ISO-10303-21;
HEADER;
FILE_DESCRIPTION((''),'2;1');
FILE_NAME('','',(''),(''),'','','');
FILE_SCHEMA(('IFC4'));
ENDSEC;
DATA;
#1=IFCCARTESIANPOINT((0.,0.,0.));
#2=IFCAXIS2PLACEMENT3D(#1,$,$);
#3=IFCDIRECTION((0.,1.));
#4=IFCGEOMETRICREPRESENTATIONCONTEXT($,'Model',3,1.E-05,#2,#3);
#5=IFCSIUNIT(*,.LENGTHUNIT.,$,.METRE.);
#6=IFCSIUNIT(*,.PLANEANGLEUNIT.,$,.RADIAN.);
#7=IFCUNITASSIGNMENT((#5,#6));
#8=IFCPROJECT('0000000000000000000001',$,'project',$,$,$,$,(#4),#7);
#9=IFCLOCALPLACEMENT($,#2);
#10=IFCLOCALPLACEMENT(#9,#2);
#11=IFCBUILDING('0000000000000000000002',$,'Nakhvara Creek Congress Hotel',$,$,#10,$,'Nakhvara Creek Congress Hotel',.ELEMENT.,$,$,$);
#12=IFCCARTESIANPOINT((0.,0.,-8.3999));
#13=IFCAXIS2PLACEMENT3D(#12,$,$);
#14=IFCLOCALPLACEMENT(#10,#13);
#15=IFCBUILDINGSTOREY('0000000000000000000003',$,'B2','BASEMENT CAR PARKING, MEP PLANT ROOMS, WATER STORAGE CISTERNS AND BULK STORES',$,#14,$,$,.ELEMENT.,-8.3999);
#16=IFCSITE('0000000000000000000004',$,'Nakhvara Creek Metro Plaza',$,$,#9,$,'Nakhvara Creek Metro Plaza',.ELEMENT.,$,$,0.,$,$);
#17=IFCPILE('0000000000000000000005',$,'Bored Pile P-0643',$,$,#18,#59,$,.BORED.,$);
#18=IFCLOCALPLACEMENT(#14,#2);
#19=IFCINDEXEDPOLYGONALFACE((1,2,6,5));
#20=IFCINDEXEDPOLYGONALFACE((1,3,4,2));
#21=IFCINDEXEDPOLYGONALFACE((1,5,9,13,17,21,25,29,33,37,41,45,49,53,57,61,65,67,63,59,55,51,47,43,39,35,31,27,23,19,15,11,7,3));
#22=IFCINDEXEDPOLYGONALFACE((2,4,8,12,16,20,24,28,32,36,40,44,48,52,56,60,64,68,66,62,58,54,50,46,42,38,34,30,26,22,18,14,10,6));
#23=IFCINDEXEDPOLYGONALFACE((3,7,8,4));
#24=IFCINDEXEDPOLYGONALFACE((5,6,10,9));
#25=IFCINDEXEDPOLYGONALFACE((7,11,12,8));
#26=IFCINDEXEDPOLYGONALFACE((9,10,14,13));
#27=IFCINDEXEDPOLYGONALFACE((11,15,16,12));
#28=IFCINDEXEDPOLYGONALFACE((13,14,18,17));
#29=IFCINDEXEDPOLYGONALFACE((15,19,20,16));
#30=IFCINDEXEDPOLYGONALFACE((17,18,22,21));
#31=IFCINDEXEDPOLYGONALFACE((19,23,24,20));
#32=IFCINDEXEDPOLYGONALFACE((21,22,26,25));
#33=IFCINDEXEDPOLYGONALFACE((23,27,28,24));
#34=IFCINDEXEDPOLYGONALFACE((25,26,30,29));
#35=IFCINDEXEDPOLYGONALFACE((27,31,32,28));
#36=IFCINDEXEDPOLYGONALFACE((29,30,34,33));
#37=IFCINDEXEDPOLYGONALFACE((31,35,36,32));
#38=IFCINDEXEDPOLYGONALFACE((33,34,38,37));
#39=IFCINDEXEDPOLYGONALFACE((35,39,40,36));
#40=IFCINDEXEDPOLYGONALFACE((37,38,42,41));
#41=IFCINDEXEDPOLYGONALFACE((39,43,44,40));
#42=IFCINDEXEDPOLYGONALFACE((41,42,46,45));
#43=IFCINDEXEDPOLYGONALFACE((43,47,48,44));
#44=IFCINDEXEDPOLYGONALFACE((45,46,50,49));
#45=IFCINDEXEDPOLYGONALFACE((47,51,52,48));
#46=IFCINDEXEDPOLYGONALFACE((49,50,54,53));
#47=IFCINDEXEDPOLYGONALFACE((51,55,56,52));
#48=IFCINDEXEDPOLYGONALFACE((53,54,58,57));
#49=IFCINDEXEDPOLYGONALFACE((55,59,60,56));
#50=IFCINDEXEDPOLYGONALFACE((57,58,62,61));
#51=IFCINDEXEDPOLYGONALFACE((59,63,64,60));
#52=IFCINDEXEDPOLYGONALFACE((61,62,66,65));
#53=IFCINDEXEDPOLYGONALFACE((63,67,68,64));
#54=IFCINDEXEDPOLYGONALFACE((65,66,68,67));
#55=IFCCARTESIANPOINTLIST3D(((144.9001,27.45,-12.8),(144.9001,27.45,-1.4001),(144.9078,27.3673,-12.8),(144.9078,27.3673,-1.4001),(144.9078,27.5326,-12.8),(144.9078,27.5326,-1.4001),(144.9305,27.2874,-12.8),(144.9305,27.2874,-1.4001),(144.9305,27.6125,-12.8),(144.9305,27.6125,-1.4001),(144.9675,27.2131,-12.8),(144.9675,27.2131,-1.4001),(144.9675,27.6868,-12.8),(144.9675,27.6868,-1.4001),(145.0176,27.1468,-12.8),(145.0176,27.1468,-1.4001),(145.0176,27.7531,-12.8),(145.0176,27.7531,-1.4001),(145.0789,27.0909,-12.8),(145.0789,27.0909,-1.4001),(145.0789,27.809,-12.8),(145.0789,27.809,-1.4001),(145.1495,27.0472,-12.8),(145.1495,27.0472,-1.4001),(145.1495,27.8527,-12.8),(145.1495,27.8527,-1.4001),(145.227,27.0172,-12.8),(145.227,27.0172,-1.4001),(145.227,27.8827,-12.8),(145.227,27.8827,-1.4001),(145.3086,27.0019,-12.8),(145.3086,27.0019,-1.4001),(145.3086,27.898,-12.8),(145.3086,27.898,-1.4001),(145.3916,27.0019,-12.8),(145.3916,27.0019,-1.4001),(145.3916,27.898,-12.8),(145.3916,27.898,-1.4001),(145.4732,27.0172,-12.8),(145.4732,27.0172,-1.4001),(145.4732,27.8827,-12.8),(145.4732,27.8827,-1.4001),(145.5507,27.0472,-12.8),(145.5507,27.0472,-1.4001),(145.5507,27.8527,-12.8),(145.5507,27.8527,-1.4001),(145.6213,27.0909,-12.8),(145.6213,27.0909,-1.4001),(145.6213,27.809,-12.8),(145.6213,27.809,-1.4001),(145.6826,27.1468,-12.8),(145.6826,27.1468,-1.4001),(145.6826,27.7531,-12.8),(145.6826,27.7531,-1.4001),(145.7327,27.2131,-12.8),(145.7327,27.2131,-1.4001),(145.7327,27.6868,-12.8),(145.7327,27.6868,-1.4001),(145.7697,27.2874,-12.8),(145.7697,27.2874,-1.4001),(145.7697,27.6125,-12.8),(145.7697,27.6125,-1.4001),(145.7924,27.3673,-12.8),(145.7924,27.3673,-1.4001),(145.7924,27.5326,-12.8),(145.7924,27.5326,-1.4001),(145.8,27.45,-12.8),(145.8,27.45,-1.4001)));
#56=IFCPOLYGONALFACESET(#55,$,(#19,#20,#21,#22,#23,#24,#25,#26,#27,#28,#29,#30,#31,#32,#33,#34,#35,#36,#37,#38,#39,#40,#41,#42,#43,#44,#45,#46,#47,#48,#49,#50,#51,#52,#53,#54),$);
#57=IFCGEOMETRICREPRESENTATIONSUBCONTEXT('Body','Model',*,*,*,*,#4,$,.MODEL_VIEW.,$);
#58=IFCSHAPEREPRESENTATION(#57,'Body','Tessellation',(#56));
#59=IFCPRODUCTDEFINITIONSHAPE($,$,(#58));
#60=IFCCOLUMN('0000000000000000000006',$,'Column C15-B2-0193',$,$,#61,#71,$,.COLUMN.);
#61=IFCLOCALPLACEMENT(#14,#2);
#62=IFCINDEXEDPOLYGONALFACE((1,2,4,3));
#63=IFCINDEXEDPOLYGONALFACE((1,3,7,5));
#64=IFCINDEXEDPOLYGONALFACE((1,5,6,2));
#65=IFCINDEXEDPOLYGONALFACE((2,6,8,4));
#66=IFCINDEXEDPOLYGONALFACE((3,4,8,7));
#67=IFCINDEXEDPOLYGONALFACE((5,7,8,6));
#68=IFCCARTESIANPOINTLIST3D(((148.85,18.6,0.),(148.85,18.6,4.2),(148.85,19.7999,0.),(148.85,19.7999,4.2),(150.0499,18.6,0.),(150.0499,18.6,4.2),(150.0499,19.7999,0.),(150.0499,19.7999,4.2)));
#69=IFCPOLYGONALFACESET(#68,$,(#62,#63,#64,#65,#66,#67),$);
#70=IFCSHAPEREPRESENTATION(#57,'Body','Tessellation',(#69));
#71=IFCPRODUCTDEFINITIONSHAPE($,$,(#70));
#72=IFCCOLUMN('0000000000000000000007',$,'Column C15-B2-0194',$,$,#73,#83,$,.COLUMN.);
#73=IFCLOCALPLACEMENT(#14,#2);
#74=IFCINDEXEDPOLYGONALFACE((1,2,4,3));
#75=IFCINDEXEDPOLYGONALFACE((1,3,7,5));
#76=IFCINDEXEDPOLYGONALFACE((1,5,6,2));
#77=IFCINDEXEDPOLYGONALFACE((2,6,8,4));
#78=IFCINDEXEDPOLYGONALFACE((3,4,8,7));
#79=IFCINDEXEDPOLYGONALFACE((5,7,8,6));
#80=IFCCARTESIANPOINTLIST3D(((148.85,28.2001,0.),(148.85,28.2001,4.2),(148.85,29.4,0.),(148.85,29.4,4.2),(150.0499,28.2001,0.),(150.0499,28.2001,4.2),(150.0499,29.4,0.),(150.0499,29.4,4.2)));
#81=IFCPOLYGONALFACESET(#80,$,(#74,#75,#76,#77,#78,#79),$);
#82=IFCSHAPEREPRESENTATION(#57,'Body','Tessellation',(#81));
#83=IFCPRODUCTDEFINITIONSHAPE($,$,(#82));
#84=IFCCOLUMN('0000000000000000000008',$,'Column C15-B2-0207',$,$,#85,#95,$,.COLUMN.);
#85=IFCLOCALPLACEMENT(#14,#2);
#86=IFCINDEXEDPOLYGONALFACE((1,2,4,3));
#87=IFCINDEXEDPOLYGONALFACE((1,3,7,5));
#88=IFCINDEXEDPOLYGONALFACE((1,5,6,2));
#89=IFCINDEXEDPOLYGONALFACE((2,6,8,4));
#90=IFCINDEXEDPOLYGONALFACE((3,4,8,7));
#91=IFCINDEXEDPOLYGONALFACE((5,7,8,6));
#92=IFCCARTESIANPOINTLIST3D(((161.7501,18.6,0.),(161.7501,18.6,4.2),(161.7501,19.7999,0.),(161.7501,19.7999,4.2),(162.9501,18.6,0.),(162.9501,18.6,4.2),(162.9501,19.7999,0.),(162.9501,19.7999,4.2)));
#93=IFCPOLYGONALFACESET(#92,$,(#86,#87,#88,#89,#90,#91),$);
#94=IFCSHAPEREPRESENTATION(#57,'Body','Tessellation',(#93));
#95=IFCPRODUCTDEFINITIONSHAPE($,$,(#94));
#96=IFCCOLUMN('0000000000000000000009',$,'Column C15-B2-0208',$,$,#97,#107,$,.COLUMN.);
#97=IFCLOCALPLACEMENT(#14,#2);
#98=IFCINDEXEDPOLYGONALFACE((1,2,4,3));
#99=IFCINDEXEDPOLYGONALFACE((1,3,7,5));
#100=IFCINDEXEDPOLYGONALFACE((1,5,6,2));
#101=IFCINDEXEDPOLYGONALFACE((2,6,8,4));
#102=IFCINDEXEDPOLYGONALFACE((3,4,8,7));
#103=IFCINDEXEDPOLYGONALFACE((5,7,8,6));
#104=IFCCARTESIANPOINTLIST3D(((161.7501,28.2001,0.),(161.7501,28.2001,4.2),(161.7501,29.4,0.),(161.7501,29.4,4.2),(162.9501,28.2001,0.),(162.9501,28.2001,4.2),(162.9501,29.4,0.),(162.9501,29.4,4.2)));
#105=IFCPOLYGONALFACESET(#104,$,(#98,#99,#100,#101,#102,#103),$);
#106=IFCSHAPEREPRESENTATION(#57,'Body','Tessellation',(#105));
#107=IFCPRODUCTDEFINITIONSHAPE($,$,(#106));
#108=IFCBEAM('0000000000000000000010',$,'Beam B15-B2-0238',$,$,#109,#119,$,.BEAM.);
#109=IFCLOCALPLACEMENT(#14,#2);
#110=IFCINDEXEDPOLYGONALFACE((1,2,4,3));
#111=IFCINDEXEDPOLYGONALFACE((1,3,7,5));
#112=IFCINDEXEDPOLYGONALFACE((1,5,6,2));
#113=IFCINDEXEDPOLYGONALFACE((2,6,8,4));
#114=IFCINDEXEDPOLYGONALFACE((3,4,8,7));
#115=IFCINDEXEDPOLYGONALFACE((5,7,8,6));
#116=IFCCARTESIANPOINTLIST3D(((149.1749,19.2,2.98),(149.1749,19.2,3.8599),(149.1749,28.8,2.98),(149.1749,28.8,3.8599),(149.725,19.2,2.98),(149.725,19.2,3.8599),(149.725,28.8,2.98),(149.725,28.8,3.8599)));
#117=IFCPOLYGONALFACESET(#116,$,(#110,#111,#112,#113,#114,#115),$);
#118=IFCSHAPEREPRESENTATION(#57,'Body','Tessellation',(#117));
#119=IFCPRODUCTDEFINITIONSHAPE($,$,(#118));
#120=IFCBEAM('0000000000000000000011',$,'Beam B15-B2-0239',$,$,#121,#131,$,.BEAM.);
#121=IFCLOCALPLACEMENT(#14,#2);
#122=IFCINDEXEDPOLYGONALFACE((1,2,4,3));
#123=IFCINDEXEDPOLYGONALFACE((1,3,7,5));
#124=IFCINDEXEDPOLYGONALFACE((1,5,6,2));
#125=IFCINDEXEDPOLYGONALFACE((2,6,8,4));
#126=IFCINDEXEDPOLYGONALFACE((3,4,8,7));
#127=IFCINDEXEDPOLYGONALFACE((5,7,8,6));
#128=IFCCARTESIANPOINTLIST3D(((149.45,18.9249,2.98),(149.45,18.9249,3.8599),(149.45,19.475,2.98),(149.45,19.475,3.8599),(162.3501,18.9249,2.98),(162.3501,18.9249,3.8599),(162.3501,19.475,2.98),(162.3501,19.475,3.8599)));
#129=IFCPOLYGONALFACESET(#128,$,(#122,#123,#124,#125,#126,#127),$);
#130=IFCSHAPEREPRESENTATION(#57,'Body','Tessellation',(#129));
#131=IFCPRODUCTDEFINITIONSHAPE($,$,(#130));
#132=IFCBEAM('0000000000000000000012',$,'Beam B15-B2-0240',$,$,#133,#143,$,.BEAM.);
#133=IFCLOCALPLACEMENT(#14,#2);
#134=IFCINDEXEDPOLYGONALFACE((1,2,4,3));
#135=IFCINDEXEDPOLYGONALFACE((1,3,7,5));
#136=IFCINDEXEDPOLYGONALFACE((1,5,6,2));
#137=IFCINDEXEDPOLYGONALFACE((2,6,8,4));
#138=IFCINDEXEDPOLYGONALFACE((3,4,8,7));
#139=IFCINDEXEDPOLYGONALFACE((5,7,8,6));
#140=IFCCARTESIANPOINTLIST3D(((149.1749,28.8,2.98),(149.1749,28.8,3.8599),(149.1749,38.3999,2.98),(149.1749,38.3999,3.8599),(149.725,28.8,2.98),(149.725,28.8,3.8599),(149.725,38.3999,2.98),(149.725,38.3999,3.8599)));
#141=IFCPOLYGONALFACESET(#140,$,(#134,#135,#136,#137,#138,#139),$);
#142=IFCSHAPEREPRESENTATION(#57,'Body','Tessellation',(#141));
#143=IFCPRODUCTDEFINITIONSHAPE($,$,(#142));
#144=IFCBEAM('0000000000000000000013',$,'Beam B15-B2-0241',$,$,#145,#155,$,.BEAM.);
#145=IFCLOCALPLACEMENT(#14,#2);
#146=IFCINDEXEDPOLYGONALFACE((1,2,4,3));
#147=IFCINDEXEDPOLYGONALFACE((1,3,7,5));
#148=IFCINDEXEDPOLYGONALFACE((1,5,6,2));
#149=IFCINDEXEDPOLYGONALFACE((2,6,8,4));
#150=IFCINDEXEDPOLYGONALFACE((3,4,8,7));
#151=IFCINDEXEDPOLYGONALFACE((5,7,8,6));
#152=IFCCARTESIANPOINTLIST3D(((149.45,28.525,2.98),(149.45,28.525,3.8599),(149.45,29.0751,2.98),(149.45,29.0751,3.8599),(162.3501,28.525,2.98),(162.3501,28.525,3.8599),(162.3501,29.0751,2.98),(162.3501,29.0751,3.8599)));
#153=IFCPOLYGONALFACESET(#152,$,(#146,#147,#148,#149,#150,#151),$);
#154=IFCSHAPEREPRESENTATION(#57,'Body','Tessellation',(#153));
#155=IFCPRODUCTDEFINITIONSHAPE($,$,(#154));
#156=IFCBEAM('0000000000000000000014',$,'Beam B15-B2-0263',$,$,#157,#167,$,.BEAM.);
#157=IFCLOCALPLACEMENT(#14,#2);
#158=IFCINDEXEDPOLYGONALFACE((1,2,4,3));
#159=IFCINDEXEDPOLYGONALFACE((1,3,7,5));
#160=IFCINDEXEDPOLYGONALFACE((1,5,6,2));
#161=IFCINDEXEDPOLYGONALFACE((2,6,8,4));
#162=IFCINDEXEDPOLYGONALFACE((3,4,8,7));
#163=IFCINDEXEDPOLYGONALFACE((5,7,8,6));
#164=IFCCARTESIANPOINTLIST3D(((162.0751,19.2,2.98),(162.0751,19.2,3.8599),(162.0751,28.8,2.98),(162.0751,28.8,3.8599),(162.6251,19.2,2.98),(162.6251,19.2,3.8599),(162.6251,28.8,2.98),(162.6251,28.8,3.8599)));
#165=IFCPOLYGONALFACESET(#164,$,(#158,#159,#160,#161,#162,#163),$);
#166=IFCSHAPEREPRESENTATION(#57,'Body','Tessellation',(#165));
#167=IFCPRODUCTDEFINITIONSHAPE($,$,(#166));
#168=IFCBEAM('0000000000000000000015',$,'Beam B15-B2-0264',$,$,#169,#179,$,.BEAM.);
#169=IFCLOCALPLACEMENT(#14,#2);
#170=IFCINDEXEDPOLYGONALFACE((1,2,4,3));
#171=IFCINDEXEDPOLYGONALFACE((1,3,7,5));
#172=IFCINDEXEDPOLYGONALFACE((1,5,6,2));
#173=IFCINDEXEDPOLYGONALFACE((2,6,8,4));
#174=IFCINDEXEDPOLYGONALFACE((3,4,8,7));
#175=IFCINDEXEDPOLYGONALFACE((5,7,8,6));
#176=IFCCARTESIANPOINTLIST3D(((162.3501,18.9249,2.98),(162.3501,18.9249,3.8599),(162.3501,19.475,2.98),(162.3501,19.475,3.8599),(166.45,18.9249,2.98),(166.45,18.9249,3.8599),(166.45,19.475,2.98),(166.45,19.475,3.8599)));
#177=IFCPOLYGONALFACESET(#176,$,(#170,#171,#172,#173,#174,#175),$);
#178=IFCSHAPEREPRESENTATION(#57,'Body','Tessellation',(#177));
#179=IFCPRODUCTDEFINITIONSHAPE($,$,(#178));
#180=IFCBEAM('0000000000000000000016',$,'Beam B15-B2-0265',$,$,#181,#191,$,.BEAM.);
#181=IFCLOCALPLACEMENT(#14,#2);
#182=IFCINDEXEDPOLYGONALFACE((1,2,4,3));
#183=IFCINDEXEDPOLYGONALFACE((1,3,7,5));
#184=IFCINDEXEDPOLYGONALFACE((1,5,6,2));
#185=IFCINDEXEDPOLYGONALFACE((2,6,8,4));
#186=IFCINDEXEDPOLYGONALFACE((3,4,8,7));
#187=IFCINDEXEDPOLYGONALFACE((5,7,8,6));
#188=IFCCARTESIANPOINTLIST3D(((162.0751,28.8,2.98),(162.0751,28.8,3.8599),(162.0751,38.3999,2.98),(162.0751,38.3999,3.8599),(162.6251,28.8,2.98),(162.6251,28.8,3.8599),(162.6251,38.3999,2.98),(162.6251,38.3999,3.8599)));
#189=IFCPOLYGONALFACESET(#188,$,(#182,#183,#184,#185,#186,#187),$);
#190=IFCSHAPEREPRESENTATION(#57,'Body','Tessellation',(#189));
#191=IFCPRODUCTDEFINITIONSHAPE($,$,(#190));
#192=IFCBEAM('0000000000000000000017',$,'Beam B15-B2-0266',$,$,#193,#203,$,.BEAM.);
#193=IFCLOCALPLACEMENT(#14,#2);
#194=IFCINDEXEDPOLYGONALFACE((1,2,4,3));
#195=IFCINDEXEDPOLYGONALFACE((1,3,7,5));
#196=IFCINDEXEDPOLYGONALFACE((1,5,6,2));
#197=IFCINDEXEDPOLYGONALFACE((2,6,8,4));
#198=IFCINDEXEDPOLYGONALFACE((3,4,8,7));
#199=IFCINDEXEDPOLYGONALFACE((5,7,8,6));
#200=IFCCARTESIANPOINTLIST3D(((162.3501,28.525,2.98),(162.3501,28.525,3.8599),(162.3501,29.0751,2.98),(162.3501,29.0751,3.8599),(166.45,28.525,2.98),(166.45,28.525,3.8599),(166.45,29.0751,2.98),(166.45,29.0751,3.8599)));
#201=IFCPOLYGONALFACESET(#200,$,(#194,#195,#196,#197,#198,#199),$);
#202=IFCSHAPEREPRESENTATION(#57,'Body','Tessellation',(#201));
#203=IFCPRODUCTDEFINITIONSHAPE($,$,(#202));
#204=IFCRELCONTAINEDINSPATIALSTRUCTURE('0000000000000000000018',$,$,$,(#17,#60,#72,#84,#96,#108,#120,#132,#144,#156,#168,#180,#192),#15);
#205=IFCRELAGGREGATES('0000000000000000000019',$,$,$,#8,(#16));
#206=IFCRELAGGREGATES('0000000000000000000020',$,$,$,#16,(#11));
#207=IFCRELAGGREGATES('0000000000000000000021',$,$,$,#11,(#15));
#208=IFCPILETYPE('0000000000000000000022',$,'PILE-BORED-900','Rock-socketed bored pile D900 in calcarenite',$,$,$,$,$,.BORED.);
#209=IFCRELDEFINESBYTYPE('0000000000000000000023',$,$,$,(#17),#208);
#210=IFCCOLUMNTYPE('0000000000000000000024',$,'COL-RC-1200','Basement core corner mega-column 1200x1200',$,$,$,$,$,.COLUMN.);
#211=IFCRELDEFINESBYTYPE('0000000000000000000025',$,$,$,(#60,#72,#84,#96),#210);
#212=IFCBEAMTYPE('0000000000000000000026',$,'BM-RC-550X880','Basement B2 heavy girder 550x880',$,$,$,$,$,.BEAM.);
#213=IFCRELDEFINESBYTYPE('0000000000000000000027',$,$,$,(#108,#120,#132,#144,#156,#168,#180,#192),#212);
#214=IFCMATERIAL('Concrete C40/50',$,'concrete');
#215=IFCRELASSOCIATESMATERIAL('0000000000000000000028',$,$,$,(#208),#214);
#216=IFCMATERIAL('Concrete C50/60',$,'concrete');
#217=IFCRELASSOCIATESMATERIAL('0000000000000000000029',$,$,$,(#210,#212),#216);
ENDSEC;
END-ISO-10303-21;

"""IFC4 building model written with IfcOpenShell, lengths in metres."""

from ifc_helpers import new_model, si_unit, direction, frame, origin, origin_2d, place, context, subcontext, project, spatial, rectangle, circle, extrude, material, material_profile, profile_set, type_object, element, save


model = new_model("IFC4")

# Units and contexts
model_context = context("Model", 3, precision=1e-05, world=origin(), true_north=direction((0.0, 1.0)))
body_context = subcontext(model_context, "Body", "Model", "MODEL_VIEW")
ifc_project = project(units=[si_unit("LENGTHUNIT", "METRE"), si_unit("PLANEANGLEUNIT", "RADIAN")], contexts=[model_context])

# Site, building, storey
site_placement = place(None, origin())
site = spatial("IfcSite", under=ifc_project, at=site_placement, Name="Nakhvara Creek Metro Plaza", LongName="Nakhvara Creek Metro Plaza", CompositionType="ELEMENT", RefElevation=0.0)
building_placement = place(site_placement, origin())
building = spatial("IfcBuilding", under=site, at=building_placement, Name="Nakhvara Creek Congress Hotel", LongName="Nakhvara Creek Congress Hotel", CompositionType="ELEMENT")
storey_placement = place(building_placement, frame((0.0, 0.0, -8.3999)))
storey = spatial("IfcBuildingStorey", under=building, at=storey_placement, Name="B2", Description="BASEMENT CAR PARKING, MEP PLANT ROOMS, WATER STORAGE CISTERNS AND BULK STORES", CompositionType="ELEMENT", Elevation=-8.3999)

# Shared definitions
ifc_material_1 = material(Name="Concrete C40/50", Category="concrete")

# Pile
ifc_material_profile_1 = material_profile(ifc_material_1, circle(Radius=0.45, at=origin_2d()), Name="BORED PILE D900", Category="LoadBearing")
ifc_profile_set_1 = profile_set([ifc_material_profile_1], Name="Concrete C40/50")
pile_type_1 = type_object("IfcPileType", Name="PILE-BORED-900", Description="Rock-socketed bored pile D900 in calcarenite", PredefinedType="BORED", material=ifc_profile_set_1)
for number, where, z_axis, x_axis, name in (
    (1, (145.3501, 27.45, -1.4001), (0.0, 0.0, -1.0), (1.0, 0.0, 0.0), "Bored Pile P-0643"),
):
    element("IfcPile", number, at=place(storey_placement, frame(where, z_axis=z_axis, x_axis=x_axis)), inside=storey, type_object=pile_type_1, Name=name, PredefinedType="BORED", context=body_context, shape_type="SweptSolid", body=[
        extrude(circle(Radius=0.45, at=origin_2d()), origin(), (0.0, 0.0, 1.0), 11.3999),
    ])

# Columns
ifc_material_2 = material(Name="Concrete C50/60", Category="concrete")
ifc_material_profile_2 = material_profile(ifc_material_2, rectangle(XDim=1.2, YDim=1.2, at=origin_2d()), Name="RC-COL 1200x1200", Category="LoadBearing")
ifc_profile_set_2 = profile_set([ifc_material_profile_2], Name="Concrete C50/60")
column_type = type_object("IfcColumnType", Name="COL-RC-1200", Description="Basement core corner mega-column 1200x1200", PredefinedType="COLUMN", material=ifc_profile_set_2)
for number, where, z_axis, x_axis, name in (
    (2, (149.45, 19.2, 0.0), (0.0, 0.0, 1.0), (1.0, 0.0, 0.0), "Column C15-B2-0193"),
    (3, (149.45, 28.8, 0.0), (0.0, 0.0, 1.0), (1.0, 0.0, 0.0), "Column C15-B2-0194"),
    (4, (162.3501, 19.2, 0.0), (0.0, 0.0, 1.0), (1.0, 0.0, 0.0), "Column C15-B2-0207"),
    (5, (162.3501, 28.8, 0.0), (0.0, 0.0, 1.0), (1.0, 0.0, 0.0), "Column C15-B2-0208"),
):
    element("IfcColumn", number, at=place(storey_placement, frame(where, z_axis=z_axis, x_axis=x_axis)), inside=storey, type_object=column_type, Name=name, PredefinedType="COLUMN", context=body_context, shape_type="SweptSolid", body=[
        extrude(rectangle(XDim=1.2, YDim=1.2, at=origin_2d()), origin(), (0.0, 0.0, 1.0), 4.2),
    ])

# Beams
ifc_material_profile_3 = material_profile(ifc_material_2, rectangle(XDim=0.55, YDim=0.8799, at=origin_2d()), Name="RC-BM 550x880", Category="LoadBearing")
ifc_profile_set_3 = profile_set([ifc_material_profile_3], Name="Concrete C50/60")
beam_type = type_object("IfcBeamType", Name="BM-RC-550X880", Description="Basement B2 heavy girder 550x880", PredefinedType="BEAM", material=ifc_profile_set_3)
beam_1_placement = place(storey_placement, frame((149.45, 19.2, 3.4199), z_axis=(0.0, 1.0, 0.0), x_axis=(-1.0, 0.0, 0.0)))
element("IfcBeam", 6, at=beam_1_placement, inside=storey, type_object=beam_type, Name="Beam B15-B2-0238", PredefinedType="BEAM", context=body_context, shape_type="SweptSolid", body=[
    extrude(rectangle(XDim=0.55, YDim=0.8799, at=origin_2d()), origin(), (0.0, 0.0, 1.0), 9.6001),
])
beam_2_placement = place(storey_placement, frame((149.45, 19.2, 3.4199), z_axis=(1.0, 0.0, 0.0), x_axis=(0.0, 1.0, 0.0)))
element("IfcBeam", 7, at=beam_2_placement, inside=storey, type_object=beam_type, Name="Beam B15-B2-0239", PredefinedType="BEAM", context=body_context, shape_type="SweptSolid", body=[
    extrude(rectangle(XDim=0.55, YDim=0.8799, at=origin_2d()), origin(), (0.0, 0.0, 1.0), 12.9001),
])
beam_3_placement = place(storey_placement, frame((149.45, 28.8, 3.4199), z_axis=(0.0, 1.0, 0.0), x_axis=(-1.0, 0.0, 0.0)))
element("IfcBeam", 8, at=beam_3_placement, inside=storey, type_object=beam_type, Name="Beam B15-B2-0240", PredefinedType="BEAM", context=body_context, shape_type="SweptSolid", body=[
    extrude(rectangle(XDim=0.55, YDim=0.8799, at=origin_2d()), origin(), (0.0, 0.0, 1.0), 9.5999),
])
beam_4_placement = place(storey_placement, frame((149.45, 28.8, 3.4199), z_axis=(1.0, 0.0, 0.0), x_axis=(0.0, 1.0, 0.0)))
element("IfcBeam", 9, at=beam_4_placement, inside=storey, type_object=beam_type, Name="Beam B15-B2-0241", PredefinedType="BEAM", context=body_context, shape_type="SweptSolid", body=[
    extrude(rectangle(XDim=0.55, YDim=0.8799, at=origin_2d()), origin(), (0.0, 0.0, 1.0), 12.9001),
])
beam_5_placement = place(storey_placement, frame((162.3501, 19.2, 3.4199), z_axis=(0.0, 1.0, 0.0), x_axis=(-1.0, 0.0, 0.0)))
element("IfcBeam", 10, at=beam_5_placement, inside=storey, type_object=beam_type, Name="Beam B15-B2-0263", PredefinedType="BEAM", context=body_context, shape_type="SweptSolid", body=[
    extrude(rectangle(XDim=0.55, YDim=0.8799, at=origin_2d()), origin(), (0.0, 0.0, 1.0), 9.6001),
])
beam_6_placement = place(storey_placement, frame((162.3501, 19.2, 3.4199), z_axis=(1.0, 0.0, 0.0), x_axis=(0.0, 1.0, 0.0)))
element("IfcBeam", 11, at=beam_6_placement, inside=storey, type_object=beam_type, Name="Beam B15-B2-0264", PredefinedType="BEAM", context=body_context, shape_type="SweptSolid", body=[
    extrude(rectangle(XDim=0.55, YDim=0.8799, at=origin_2d()), origin(), (0.0, 0.0, 1.0), 4.0999),
])
beam_7_placement = place(storey_placement, frame((162.3501, 28.8, 3.4199), z_axis=(0.0, 1.0, 0.0), x_axis=(-1.0, 0.0, 0.0)))
element("IfcBeam", 12, at=beam_7_placement, inside=storey, type_object=beam_type, Name="Beam B15-B2-0265", PredefinedType="BEAM", context=body_context, shape_type="SweptSolid", body=[
    extrude(rectangle(XDim=0.55, YDim=0.8799, at=origin_2d()), origin(), (0.0, 0.0, 1.0), 9.5999),
])
beam_8_placement = place(storey_placement, frame((162.3501, 28.8, 3.4199), z_axis=(1.0, 0.0, 0.0), x_axis=(0.0, 1.0, 0.0)))
element("IfcBeam", 13, at=beam_8_placement, inside=storey, type_object=beam_type, Name="Beam B15-B2-0266", PredefinedType="BEAM", context=body_context, shape_type="SweptSolid", body=[
    extrude(rectangle(XDim=0.55, YDim=0.8799, at=origin_2d()), origin(), (0.0, 0.0, 1.0), 4.0999),
])

save(model, "model.ifc")
